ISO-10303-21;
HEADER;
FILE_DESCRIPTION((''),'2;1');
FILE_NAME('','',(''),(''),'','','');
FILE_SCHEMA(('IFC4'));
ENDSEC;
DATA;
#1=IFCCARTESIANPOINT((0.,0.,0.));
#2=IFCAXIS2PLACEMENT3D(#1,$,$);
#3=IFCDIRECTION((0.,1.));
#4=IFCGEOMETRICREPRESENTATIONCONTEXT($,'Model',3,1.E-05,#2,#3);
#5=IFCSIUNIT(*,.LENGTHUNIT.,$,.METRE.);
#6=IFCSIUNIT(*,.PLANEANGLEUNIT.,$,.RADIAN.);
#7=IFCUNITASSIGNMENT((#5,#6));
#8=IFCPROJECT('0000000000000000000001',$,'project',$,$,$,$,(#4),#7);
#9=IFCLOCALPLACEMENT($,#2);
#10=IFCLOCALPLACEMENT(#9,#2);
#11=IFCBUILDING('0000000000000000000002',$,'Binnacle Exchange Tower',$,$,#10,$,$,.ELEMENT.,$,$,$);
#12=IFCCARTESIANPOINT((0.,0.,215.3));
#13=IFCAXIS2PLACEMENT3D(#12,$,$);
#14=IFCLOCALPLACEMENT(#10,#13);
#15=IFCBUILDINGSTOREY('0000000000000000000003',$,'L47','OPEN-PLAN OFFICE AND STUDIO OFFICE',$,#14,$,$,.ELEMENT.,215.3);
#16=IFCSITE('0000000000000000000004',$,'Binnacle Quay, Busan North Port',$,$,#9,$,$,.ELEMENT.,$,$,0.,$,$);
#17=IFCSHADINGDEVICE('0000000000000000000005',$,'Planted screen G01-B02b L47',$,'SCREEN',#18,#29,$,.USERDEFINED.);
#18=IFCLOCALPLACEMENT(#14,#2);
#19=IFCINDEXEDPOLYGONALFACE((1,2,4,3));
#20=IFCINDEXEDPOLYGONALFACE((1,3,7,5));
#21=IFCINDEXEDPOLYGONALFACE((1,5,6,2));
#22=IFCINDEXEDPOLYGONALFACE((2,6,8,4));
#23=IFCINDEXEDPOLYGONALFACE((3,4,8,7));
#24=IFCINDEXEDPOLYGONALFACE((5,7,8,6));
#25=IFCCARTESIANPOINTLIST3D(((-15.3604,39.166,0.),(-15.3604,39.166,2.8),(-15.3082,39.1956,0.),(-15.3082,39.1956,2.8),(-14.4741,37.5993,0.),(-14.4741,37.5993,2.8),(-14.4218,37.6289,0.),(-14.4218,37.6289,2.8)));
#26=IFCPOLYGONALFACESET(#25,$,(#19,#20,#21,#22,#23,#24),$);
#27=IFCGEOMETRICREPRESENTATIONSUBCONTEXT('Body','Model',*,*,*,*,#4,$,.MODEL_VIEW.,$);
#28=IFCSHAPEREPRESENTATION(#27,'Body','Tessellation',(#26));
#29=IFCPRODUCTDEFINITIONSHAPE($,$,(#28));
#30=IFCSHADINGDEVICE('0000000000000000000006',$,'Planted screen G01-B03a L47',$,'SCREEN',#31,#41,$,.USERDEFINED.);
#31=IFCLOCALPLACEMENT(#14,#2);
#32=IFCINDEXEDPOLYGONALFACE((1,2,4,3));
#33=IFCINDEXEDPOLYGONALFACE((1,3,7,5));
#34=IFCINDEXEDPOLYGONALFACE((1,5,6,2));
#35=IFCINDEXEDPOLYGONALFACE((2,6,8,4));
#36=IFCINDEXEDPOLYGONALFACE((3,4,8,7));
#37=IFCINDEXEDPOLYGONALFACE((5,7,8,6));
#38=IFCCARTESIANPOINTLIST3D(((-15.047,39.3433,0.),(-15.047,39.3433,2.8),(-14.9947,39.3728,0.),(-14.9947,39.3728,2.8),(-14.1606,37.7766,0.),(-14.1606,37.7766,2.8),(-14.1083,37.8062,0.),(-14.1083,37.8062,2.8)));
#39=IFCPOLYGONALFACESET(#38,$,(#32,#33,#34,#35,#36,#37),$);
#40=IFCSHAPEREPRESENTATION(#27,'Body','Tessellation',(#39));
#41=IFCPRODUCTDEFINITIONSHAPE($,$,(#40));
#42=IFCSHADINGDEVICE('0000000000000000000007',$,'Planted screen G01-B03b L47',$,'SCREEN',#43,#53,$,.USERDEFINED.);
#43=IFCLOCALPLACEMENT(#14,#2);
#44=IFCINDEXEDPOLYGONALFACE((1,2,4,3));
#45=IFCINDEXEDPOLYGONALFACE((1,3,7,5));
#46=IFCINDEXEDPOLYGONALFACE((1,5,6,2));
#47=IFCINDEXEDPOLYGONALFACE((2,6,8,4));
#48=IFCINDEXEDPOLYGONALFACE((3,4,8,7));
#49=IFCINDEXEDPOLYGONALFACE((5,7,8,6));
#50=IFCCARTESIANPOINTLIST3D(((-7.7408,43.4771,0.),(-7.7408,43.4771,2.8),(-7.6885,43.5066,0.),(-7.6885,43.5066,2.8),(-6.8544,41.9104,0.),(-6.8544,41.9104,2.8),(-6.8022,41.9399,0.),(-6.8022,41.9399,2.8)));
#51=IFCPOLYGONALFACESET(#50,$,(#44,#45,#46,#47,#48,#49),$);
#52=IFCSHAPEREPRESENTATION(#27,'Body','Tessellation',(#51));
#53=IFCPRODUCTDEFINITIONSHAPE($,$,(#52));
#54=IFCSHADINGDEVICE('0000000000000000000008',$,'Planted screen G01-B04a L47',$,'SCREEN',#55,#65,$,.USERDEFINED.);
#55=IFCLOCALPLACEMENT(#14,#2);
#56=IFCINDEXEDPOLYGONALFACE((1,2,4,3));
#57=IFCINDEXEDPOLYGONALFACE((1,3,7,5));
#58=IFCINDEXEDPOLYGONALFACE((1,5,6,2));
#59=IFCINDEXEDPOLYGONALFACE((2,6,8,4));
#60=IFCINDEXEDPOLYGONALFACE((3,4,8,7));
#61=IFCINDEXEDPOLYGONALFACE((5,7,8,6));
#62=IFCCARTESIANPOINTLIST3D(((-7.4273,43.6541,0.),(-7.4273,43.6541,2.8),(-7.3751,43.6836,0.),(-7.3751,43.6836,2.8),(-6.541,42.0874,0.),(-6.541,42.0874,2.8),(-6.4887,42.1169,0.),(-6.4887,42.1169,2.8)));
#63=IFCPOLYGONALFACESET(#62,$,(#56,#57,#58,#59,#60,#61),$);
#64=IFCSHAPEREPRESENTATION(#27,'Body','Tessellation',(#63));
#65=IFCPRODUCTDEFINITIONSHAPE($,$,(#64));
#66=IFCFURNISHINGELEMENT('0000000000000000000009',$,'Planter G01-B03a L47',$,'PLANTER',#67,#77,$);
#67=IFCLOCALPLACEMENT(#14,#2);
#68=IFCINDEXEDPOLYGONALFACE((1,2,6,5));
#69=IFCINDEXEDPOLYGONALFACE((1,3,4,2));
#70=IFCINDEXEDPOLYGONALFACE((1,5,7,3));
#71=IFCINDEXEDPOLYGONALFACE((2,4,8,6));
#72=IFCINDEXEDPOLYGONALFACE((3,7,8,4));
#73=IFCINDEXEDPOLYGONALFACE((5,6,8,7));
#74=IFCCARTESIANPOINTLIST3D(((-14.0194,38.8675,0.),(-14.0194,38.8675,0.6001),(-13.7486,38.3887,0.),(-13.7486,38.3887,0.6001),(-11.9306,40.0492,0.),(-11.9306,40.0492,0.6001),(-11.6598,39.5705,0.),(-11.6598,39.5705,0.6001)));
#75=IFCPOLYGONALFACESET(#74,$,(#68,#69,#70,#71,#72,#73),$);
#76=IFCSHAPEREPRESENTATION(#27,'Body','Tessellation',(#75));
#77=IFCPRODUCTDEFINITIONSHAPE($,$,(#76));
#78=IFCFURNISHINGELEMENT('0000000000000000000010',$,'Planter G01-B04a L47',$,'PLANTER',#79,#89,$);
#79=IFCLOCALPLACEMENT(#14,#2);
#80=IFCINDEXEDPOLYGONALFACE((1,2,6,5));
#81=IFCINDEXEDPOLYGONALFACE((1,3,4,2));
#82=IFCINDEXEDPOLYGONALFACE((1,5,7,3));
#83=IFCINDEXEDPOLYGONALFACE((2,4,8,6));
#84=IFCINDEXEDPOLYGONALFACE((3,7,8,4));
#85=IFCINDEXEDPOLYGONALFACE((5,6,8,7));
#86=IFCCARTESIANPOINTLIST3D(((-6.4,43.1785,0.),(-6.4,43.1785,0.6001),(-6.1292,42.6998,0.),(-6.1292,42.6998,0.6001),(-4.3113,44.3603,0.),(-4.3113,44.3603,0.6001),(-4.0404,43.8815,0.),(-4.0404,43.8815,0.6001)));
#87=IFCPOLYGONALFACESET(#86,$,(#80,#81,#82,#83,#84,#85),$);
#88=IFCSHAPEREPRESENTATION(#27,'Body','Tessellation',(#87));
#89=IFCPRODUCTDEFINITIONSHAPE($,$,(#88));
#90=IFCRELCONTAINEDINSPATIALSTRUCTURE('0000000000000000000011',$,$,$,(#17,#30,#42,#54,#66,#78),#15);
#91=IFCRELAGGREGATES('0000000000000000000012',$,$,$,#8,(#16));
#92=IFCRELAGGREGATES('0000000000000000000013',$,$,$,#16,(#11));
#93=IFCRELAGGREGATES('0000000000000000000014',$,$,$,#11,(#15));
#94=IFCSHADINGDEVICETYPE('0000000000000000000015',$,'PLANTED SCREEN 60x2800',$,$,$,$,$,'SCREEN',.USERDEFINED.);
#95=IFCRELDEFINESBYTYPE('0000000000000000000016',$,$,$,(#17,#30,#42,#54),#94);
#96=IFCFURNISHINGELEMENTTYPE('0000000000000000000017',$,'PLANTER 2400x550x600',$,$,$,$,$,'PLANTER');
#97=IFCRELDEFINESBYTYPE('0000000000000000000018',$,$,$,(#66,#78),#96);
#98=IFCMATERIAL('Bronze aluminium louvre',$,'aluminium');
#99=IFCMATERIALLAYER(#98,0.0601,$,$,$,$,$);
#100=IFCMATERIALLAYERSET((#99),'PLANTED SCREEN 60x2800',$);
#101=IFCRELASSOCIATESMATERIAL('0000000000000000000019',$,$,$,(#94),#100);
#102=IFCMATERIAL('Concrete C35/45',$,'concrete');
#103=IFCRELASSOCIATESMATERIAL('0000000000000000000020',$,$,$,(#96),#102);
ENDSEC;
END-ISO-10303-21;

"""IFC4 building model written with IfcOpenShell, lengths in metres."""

from ifc_helpers import new_model, si_unit, direction, frame, origin, origin_2d, place, context, subcontext, project, spatial, rectangle, extrude, material, layer, layer_set, type_object, element, save


model = new_model("IFC4")

# Units and contexts
model_context = context("Model", 3, precision=1e-05, world=origin(), true_north=direction((0.0, 1.0)))
body_context = subcontext(model_context, "Body", "Model", "MODEL_VIEW")
ifc_project = project(units=[si_unit("LENGTHUNIT", "METRE"), si_unit("PLANEANGLEUNIT", "RADIAN")], contexts=[model_context])

# Site, building, storey
site_placement = place(None, origin())
site = spatial("IfcSite", under=ifc_project, at=site_placement, Name="Binnacle Quay, Busan North Port", CompositionType="ELEMENT", RefElevation=0.0)
building_placement = place(site_placement, origin())
building = spatial("IfcBuilding", under=site, at=building_placement, Name="Binnacle Exchange Tower", CompositionType="ELEMENT")
storey_placement = place(building_placement, frame((0.0, 0.0, 215.3)))
storey = spatial("IfcBuildingStorey", under=building, at=storey_placement, Name="L47", Description="OPEN-PLAN OFFICE AND STUDIO OFFICE", CompositionType="ELEMENT", Elevation=215.3)

# Shading devices
ifc_material_1 = material(Name="Bronze aluminium louvre", Category="aluminium")
ifc_layer_1 = layer(ifc_material_1, 0.0601)
ifc_layer_set_1 = layer_set([ifc_layer_1], Name="PLANTED SCREEN 60x2800")
shading_device_type = type_object("IfcShadingDeviceType", Name="PLANTED SCREEN 60x2800", ElementType="SCREEN", PredefinedType="USERDEFINED", material=ifc_layer_set_1)
for number, where, z_axis, x_axis, name in (
    (1, (-14.8911, 38.3975, 0.0), (0.0, 0.0, 1.0), (0.870356, 0.492424, 0.0), "Planted screen G01-B02b L47"),
    (2, (-14.5776, 38.5747, 0.0), (0.0, 0.0, 1.0), (0.870356, 0.492424, 0.0), "Planted screen G01-B03a L47"),
    (3, (-7.2715, 42.7085, 0.0), (0.0, 0.0, 1.0), (0.870356, 0.492424, 0.0), "Planted screen G01-B03b L47"),
    (4, (-6.958, 42.8855, 0.0), (0.0, 0.0, 1.0), (0.870356, 0.492424, 0.0), "Planted screen G01-B04a L47"),
):
    element("IfcShadingDevice", number, at=place(storey_placement, frame(where, z_axis=z_axis, x_axis=x_axis)), inside=storey, type_object=shading_device_type, Name=name, ObjectType="SCREEN", PredefinedType="USERDEFINED", context=body_context, shape_type="SweptSolid", body=[
        extrude(rectangle(XDim=0.0601, YDim=1.8, at=origin_2d()), origin(), (0.0, 0.0, 1.0), 2.8),
    ])

# Furnishing elements
ifc_material_2 = material(Name="Concrete C35/45", Category="concrete")
furnishing_element_type = type_object("IfcFurnishingElementType", Name="PLANTER 2400x550x600", ElementType="PLANTER", material=ifc_material_2)
for number, where, z_axis, x_axis, name in (
    (5, (-12.8396, 39.219, 0.0), (0.0, 0.0, 1.0), (0.870356, 0.492424, 0.0), "Planter G01-B03a L47"),
    (6, (-5.2202, 43.53, 0.0), (0.0, 0.0, 1.0), (0.870356, 0.492424, 0.0), "Planter G01-B04a L47"),
):
    element("IfcFurnishingElement", number, at=place(storey_placement, frame(where, z_axis=z_axis, x_axis=x_axis)), inside=storey, type_object=furnishing_element_type, Name=name, ObjectType="PLANTER", context=body_context, shape_type="SweptSolid", body=[
        extrude(rectangle(XDim=2.3999, YDim=0.55, at=origin_2d()), origin(), (0.0, 0.0, 1.0), 0.6001),
    ])

save(model, "model.ifc")
